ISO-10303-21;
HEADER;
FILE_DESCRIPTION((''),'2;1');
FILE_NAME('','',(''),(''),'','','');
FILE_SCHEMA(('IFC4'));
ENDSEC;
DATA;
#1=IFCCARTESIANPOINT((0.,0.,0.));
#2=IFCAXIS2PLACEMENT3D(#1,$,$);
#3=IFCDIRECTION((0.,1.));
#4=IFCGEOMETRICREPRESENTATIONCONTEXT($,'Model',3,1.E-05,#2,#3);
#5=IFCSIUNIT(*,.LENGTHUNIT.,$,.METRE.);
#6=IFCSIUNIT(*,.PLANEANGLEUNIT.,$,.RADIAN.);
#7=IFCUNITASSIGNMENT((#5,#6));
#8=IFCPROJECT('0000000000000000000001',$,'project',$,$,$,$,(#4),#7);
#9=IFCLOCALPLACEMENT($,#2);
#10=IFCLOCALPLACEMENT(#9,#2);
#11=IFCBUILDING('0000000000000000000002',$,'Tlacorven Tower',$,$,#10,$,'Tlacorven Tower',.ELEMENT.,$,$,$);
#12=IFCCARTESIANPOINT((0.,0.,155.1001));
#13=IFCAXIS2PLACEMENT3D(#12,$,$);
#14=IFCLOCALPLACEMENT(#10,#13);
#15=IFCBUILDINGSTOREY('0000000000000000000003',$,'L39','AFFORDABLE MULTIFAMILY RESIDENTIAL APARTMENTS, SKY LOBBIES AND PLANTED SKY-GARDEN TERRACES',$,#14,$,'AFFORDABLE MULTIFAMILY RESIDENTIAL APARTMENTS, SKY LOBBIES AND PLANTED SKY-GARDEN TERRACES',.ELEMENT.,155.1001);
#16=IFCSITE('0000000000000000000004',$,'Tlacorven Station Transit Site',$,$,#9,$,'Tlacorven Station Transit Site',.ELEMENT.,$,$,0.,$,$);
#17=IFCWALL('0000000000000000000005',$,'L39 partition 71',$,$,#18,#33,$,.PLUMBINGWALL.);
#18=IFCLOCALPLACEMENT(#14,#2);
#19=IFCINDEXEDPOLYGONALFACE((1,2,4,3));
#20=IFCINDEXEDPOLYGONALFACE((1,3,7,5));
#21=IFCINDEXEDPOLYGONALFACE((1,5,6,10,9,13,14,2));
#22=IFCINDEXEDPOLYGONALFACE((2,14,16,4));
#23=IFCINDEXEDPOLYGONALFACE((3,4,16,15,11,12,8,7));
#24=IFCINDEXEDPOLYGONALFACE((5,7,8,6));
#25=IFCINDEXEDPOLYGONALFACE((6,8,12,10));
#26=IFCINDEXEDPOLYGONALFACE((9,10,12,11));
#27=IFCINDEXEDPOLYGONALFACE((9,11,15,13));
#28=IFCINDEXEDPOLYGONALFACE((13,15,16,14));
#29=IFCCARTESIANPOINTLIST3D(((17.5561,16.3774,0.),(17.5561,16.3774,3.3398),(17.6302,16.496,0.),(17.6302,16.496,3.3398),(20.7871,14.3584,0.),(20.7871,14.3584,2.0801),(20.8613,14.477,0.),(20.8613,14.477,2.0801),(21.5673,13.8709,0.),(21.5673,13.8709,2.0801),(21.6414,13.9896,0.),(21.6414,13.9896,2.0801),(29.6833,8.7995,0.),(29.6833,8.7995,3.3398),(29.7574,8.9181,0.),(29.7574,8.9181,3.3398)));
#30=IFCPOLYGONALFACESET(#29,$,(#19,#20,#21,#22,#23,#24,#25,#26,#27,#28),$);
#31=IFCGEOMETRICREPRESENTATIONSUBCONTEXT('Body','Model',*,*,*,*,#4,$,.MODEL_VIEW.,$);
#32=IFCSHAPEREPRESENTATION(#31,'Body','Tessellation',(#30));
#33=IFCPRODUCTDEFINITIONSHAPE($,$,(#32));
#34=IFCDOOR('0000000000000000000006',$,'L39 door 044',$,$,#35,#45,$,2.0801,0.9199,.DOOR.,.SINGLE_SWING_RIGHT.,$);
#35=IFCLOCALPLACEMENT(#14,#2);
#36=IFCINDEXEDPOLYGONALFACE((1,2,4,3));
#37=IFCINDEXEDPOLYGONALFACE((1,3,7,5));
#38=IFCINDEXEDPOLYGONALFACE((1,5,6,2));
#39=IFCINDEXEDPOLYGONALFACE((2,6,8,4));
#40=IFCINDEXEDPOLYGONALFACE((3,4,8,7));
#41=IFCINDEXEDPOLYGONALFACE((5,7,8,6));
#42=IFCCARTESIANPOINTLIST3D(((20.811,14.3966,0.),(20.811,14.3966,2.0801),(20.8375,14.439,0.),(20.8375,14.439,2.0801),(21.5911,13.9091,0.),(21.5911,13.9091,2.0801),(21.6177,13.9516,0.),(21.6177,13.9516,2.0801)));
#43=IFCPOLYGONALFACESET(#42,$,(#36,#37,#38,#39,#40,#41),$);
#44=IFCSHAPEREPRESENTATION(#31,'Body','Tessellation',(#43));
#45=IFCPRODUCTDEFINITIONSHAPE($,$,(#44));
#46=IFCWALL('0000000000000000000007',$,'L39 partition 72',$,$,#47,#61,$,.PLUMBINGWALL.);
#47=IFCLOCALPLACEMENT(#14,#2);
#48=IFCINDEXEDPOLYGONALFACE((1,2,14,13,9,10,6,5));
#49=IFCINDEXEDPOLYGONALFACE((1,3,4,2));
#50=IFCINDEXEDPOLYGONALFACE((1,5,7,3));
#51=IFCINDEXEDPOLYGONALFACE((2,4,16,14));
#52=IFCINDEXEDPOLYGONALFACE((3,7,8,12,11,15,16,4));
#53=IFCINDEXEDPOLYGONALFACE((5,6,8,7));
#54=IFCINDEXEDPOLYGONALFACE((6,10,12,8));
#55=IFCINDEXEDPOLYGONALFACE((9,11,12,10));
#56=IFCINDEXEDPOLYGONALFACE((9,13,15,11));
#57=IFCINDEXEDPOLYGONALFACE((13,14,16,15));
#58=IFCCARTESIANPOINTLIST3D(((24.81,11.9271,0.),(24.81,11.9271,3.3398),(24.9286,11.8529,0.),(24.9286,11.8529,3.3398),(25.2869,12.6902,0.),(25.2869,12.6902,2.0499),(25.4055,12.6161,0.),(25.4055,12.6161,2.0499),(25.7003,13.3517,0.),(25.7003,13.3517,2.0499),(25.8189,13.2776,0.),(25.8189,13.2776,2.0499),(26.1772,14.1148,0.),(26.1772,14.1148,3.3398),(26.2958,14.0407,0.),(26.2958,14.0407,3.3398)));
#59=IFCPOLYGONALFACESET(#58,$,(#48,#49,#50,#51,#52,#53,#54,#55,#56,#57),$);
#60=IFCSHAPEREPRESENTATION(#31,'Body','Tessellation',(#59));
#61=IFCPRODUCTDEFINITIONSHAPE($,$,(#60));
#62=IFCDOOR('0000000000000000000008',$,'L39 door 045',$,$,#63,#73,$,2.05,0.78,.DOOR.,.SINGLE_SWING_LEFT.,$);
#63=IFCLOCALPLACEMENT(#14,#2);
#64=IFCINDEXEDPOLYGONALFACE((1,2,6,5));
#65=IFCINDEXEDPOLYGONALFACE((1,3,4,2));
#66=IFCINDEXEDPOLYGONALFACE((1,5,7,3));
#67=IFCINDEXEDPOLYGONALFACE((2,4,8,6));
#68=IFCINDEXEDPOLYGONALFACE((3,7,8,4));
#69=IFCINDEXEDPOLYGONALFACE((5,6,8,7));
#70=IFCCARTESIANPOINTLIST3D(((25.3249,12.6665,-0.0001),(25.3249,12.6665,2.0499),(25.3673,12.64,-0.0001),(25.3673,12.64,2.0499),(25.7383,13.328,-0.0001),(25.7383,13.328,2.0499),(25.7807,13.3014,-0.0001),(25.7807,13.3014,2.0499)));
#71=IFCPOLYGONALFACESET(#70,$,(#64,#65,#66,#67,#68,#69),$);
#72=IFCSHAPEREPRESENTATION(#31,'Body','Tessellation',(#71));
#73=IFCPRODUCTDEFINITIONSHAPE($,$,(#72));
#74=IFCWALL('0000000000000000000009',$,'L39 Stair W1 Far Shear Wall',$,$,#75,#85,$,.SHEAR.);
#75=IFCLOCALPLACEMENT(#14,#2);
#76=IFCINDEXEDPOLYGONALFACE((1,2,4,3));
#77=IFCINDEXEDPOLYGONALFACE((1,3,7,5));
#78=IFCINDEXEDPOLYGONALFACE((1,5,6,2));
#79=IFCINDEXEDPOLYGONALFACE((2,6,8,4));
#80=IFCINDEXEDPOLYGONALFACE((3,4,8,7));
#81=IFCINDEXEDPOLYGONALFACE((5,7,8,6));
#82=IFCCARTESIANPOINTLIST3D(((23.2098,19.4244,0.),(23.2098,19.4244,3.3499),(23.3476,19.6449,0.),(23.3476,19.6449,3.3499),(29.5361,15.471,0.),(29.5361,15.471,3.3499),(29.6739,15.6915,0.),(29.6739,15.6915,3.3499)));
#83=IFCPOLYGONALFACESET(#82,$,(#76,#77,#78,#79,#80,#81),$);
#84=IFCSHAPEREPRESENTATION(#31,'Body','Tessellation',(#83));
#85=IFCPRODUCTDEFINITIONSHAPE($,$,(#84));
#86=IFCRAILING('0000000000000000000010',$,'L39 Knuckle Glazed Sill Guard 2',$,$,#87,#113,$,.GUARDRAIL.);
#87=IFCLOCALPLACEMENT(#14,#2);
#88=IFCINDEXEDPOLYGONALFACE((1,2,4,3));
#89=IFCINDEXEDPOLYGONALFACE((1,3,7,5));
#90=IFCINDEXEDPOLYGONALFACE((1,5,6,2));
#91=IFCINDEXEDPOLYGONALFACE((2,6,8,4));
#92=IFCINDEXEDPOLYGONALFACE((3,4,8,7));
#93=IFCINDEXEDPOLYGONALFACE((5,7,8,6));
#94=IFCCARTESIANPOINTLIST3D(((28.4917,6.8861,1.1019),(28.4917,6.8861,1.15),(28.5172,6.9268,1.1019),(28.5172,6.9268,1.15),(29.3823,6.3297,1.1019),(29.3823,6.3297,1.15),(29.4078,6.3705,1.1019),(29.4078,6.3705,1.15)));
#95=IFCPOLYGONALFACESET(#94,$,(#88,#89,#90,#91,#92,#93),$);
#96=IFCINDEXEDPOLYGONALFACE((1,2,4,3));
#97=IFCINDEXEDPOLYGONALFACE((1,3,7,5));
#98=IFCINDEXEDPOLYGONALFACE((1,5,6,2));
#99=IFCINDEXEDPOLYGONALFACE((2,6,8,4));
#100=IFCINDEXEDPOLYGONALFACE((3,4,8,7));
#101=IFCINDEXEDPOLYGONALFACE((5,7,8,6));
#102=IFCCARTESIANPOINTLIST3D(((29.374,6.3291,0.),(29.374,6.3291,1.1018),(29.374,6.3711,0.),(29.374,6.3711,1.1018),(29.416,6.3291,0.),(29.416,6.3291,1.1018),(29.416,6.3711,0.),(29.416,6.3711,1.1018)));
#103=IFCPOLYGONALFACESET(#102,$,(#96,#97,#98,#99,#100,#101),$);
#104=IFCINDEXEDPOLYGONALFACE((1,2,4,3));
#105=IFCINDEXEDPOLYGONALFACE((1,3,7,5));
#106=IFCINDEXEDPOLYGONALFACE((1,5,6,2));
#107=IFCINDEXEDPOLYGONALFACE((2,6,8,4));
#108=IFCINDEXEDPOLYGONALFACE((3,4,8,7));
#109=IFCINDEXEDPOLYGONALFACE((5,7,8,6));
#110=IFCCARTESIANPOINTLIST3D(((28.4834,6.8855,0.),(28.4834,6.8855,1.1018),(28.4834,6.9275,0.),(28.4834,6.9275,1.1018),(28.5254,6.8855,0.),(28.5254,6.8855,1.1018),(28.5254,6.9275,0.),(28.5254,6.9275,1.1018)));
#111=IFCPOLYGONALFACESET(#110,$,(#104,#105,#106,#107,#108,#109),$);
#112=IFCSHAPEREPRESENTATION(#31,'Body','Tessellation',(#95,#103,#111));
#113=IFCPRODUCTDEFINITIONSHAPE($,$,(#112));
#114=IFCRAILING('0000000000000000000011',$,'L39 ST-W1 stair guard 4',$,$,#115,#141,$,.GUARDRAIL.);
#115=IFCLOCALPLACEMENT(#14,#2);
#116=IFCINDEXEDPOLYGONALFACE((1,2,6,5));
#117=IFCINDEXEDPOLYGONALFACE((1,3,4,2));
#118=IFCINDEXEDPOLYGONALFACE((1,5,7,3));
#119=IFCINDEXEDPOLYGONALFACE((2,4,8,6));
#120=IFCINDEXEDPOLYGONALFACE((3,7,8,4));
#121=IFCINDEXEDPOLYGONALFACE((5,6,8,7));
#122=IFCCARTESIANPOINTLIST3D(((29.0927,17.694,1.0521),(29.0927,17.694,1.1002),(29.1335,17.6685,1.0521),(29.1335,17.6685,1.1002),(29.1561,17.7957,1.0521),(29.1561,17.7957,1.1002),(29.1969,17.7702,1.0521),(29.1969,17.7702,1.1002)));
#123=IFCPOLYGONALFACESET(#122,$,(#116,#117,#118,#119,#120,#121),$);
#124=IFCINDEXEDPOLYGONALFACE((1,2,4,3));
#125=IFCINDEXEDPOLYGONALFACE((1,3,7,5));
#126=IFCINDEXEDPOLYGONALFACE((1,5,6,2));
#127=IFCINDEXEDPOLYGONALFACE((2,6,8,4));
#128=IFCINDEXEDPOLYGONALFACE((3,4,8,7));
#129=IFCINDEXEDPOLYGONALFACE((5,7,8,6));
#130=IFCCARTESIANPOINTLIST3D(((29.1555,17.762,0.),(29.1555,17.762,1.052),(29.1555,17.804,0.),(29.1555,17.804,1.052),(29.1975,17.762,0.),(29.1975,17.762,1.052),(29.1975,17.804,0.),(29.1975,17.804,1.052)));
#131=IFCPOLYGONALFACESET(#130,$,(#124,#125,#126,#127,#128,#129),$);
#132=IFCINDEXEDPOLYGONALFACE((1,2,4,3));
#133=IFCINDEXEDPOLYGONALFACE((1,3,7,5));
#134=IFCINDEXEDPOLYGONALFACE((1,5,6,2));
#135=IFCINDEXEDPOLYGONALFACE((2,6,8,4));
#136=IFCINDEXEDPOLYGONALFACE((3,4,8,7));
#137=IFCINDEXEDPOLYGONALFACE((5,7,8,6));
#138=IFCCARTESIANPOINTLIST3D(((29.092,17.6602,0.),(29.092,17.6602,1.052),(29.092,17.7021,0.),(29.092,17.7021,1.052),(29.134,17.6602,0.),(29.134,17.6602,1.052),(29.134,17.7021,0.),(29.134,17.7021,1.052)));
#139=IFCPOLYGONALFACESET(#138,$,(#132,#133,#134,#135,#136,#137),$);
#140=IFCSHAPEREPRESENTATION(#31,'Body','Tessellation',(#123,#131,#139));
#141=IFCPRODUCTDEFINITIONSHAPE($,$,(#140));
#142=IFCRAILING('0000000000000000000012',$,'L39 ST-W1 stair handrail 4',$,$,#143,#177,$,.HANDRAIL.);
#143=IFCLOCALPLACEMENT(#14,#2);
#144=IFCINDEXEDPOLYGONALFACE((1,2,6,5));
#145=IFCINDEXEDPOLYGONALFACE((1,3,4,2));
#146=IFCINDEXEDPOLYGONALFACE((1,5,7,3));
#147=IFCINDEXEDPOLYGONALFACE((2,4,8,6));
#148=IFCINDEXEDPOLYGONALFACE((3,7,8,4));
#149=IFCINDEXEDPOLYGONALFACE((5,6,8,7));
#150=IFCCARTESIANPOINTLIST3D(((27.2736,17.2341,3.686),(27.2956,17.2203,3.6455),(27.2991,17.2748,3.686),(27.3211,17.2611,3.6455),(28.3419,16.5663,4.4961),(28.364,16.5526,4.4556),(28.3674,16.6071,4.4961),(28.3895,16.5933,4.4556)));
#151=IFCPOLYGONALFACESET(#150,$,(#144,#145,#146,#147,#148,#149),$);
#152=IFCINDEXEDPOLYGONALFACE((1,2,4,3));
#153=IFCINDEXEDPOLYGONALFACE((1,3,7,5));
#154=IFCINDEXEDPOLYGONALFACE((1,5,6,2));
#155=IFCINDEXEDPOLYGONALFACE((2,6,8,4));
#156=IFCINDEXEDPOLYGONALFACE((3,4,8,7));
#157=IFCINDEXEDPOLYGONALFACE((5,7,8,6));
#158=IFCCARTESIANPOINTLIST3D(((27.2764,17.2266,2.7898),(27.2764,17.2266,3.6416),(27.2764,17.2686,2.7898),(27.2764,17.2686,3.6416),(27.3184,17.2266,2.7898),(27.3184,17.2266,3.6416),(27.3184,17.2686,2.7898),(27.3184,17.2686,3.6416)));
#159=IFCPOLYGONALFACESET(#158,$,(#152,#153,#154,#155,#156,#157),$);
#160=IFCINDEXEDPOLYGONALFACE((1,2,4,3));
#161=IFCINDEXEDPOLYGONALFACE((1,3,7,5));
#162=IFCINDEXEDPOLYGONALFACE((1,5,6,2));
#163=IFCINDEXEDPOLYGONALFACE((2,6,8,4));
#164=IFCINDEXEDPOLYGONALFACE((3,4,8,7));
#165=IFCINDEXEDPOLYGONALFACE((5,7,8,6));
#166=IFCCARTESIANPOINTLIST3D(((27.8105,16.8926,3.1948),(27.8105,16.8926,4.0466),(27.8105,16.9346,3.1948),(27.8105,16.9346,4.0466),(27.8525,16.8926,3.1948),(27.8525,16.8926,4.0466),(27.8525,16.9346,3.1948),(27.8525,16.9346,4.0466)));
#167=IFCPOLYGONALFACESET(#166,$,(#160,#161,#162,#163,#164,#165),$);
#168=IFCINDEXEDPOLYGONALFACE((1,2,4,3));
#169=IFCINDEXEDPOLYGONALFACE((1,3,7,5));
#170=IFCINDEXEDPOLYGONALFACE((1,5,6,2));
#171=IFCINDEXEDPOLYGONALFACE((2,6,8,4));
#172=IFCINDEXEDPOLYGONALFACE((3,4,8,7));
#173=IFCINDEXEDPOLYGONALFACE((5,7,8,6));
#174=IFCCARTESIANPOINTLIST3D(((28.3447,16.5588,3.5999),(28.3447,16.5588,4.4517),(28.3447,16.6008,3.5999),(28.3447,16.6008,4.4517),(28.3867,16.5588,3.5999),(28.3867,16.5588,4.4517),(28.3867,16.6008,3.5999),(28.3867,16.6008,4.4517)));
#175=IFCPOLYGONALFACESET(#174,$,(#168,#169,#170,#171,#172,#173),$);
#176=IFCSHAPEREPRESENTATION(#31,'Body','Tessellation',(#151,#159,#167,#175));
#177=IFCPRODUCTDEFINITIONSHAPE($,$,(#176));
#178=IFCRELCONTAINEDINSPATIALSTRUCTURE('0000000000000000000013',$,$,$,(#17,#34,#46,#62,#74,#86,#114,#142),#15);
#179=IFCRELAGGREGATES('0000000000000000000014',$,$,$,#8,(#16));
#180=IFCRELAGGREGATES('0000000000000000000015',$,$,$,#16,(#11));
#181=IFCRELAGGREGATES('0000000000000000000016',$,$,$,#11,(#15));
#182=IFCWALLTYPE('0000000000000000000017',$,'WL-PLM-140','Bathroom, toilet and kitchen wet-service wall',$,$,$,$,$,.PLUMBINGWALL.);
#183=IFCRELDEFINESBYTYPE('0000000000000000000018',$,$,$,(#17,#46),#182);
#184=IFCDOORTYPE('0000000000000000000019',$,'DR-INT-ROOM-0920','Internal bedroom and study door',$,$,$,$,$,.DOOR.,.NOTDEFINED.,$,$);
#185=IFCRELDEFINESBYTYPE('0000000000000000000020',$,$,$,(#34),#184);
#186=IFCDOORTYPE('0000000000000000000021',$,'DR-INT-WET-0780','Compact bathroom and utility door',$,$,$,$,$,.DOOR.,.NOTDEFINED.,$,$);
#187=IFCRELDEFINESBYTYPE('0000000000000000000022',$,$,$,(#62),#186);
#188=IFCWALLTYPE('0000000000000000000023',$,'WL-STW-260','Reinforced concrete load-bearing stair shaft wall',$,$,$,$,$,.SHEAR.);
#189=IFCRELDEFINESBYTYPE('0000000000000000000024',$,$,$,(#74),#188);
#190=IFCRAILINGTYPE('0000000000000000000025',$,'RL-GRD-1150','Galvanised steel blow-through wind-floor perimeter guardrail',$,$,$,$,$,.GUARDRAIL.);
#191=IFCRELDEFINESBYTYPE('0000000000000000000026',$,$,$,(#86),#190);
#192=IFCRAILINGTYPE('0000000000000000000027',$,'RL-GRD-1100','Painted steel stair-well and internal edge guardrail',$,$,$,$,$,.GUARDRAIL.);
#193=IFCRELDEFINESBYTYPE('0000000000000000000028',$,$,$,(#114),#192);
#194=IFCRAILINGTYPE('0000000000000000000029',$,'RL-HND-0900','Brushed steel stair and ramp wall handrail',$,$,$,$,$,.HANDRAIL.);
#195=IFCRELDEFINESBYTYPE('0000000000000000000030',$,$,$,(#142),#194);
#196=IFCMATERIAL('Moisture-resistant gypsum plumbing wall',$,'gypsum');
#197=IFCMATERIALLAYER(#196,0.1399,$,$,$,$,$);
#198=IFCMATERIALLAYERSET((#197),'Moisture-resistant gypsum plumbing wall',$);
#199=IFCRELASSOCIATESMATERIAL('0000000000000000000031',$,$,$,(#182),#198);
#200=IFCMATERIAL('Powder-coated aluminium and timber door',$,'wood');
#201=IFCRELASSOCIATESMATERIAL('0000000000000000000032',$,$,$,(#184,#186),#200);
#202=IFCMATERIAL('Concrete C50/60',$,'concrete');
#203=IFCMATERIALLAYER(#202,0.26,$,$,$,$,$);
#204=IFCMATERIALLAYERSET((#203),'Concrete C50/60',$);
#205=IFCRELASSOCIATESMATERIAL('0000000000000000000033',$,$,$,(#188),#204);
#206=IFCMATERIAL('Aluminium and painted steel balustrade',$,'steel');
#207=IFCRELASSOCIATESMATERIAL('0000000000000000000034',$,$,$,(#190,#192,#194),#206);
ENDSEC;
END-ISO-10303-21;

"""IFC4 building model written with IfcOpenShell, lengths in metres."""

from ifc_helpers import new_model, si_unit, direction, frame, frame_2d, origin, origin_2d, place, context, subcontext, project, spatial, rectangle, extrude, source, transform, mapped, material, layer, layer_set, type_object, element, fill, save


model = new_model("IFC4")

# Units and contexts
model_context = context("Model", 3, precision=1e-05, world=origin(), true_north=direction((0.0, 1.0)))
body_context = subcontext(model_context, "Body", "Model", "MODEL_VIEW")
ifc_project = project(units=[si_unit("LENGTHUNIT", "METRE"), si_unit("PLANEANGLEUNIT", "RADIAN")], contexts=[model_context])

# Site, building, storey
site_placement = place(None, origin())
site = spatial("IfcSite", under=ifc_project, at=site_placement, Name="Tlacorven Station Transit Site", LongName="Tlacorven Station Transit Site", CompositionType="ELEMENT", RefElevation=0.0)
building_placement = place(site_placement, origin())
building = spatial("IfcBuilding", under=site, at=building_placement, Name="Tlacorven Tower", LongName="Tlacorven Tower", CompositionType="ELEMENT")
storey_placement = place(building_placement, frame((0.0, 0.0, 155.1001)))
storey = spatial("IfcBuildingStorey", under=building, at=storey_placement, Name="L39", Description="AFFORDABLE MULTIFAMILY RESIDENTIAL APARTMENTS, SKY LOBBIES AND PLANTED SKY-GARDEN TERRACES", LongName="AFFORDABLE MULTIFAMILY RESIDENTIAL APARTMENTS, SKY LOBBIES AND PLANTED SKY-GARDEN TERRACES", CompositionType="ELEMENT", Elevation=155.1001)

# Shared definitions
ifc_material_1 = material(Name="Powder-coated aluminium and timber door", Category="wood")

# Walls, openings, doors
ifc_material_2 = material(Name="Moisture-resistant gypsum plumbing wall", Category="gypsum")
ifc_layer_1 = layer(ifc_material_2, 0.1399)
ifc_layer_set_1 = layer_set([ifc_layer_1], Name="Moisture-resistant gypsum plumbing wall")
wall_type_1 = type_object("IfcWallType", Name="WL-PLM-140", Description="Bathroom, toilet and kitchen wet-service wall", PredefinedType="PLUMBINGWALL", material=ifc_layer_set_1)
wall_1_placement = place(storey_placement, frame((29.7202, 8.8589, 0.0), z_axis=(0.0, 0.0, 1.0), x_axis=(-0.848049, 0.529918, 0.0)))
wall_1 = element("IfcWall", 1, at=wall_1_placement, inside=storey, type_object=wall_type_1, Name="L39 partition 71", PredefinedType="PLUMBINGWALL", context=body_context, shape_type="SweptSolid", body=[
    extrude(rectangle(XDim=14.3, YDim=0.1399, at=frame_2d((7.1499, 0.0))), origin(), (0.0, 0.0, 1.0), 3.3398),
])
opening_1_placement = place(wall_1_placement, frame((9.5701, 0.0, 0.0)))
opening_1 = element("IfcOpeningElement", 2, at=opening_1_placement, cuts=wall_1, PredefinedType="OPENING", context=body_context, shape_type="SweptSolid", body=[
    extrude(rectangle(XDim=0.9199, YDim=2.0801, at=frame_2d((0.46, 1.04))), frame((0.0, 0.0801, 0.0), z_axis=(0.0, -1.0, 0.0), x_axis=(1.0, 0.0, 0.0)), (0.0, 0.0, 1.0), 0.1599),
])
door_type_1 = type_object("IfcDoorType", Name="DR-INT-ROOM-0920", Description="Internal bedroom and study door", OperationType="NOTDEFINED", PredefinedType="DOOR", material=ifc_material_1)
shared_shape_1 = source(origin(), body_context, "Body", "SweptSolid", [
    extrude(rectangle(XDim=0.9199, YDim=2.0801, at=frame_2d((0.46, 1.04))), frame((0.0, 0.0249, 0.0), z_axis=(0.0, -1.0, 0.0), x_axis=(1.0, 0.0, 0.0)), (0.0, 0.0, 1.0), 0.05),
])
door_1_placement = place(opening_1_placement, origin())
door_1 = element("IfcDoor", 3, at=door_1_placement, inside=storey, type_object=door_type_1, Name="L39 door 044", OperationType="SINGLE_SWING_RIGHT", OverallHeight=2.0801, OverallWidth=0.9199, PredefinedType="DOOR", context=body_context, shape_type="MappedRepresentation", body=[
    mapped(shared_shape_1, transform((0.0, 0.0, 0.0), scale=1.0)),
])
fill(opening_1, door_1)
wall_2_placement = place(storey_placement, frame((26.2366, 14.0779, 0.0), z_axis=(0.0, 0.0, 1.0), x_axis=(-0.529956, -0.848025, 0.0)))
wall_2 = element("IfcWall", 4, at=wall_2_placement, inside=storey, type_object=wall_type_1, Name="L39 partition 72", PredefinedType="PLUMBINGWALL", context=body_context, shape_type="SweptSolid", body=[
    extrude(rectangle(XDim=2.5798, YDim=0.1399, at=frame_2d((1.29, 0.0))), origin(), (0.0, 0.0, 1.0), 3.3398),
])
opening_2_placement = place(wall_2_placement, frame((0.8999, 0.0, 0.0)))
opening_2 = element("IfcOpeningElement", 5, at=opening_2_placement, cuts=wall_2, PredefinedType="OPENING", context=body_context, shape_type="SweptSolid", body=[
    extrude(rectangle(XDim=0.78, YDim=2.05, at=frame_2d((0.3901, 1.0249))), frame((0.0, 0.0801, 0.0), z_axis=(0.0, -1.0, 0.0), x_axis=(1.0, 0.0, 0.0)), (0.0, 0.0, 1.0), 0.1599),
])
door_type_2 = type_object("IfcDoorType", Name="DR-INT-WET-0780", Description="Compact bathroom and utility door", OperationType="NOTDEFINED", PredefinedType="DOOR", material=ifc_material_1)
shared_shape_2 = source(origin(), body_context, "Body", "SweptSolid", [
    extrude(rectangle(XDim=0.78, YDim=2.05, at=frame_2d((0.3901, 1.0249))), frame((0.0, 0.0249, 0.0), z_axis=(0.0, -1.0, 0.0), x_axis=(1.0, 0.0, 0.0)), (0.0, 0.0, 1.0), 0.05),
])
door_2_placement = place(opening_2_placement, origin())
door_2 = element("IfcDoor", 6, at=door_2_placement, inside=storey, type_object=door_type_2, Name="L39 door 045", OperationType="SINGLE_SWING_LEFT", OverallHeight=2.05, OverallWidth=0.78, PredefinedType="DOOR", context=body_context, shape_type="MappedRepresentation", body=[
    mapped(shared_shape_2, transform((0.0, 0.0, 0.0), scale=1.0)),
])
fill(opening_2, door_2)

# Wall
ifc_material_3 = material(Name="Concrete C50/60", Category="concrete")
ifc_layer_2 = layer(ifc_material_3, 0.26)
ifc_layer_set_2 = layer_set([ifc_layer_2], Name="Concrete C50/60")
wall_type_2 = type_object("IfcWallType", Name="WL-STW-260", Description="Reinforced concrete load-bearing stair shaft wall", PredefinedType="SHEAR", material=ifc_layer_set_2)
wall_3_placement = place(storey_placement, frame((29.605, 15.5813, 0.0), z_axis=(0.0, 0.0, 1.0), x_axis=(-0.848037, 0.529937, 0.0)))
element("IfcWall", 7, at=wall_3_placement, inside=storey, type_object=wall_type_2, Name="L39 Stair W1 Far Shear Wall", PredefinedType="SHEAR", context=body_context, shape_type="SweptSolid", body=[
    extrude(rectangle(XDim=7.46, YDim=0.26, at=frame_2d((3.73, 0.0))), origin(), (0.0, 0.0, 1.0), 3.3499),
])

# Railings
ifc_material_4 = material(Name="Aluminium and painted steel balustrade", Category="steel")
railing_type_1 = type_object("IfcRailingType", Name="RL-GRD-1150", Description="Galvanised steel blow-through wind-floor perimeter guardrail", PredefinedType="GUARDRAIL", material=ifc_material_4)
shared_shape_3 = source(origin(), body_context, "Body", "SweptSolid", [
    extrude(rectangle(XDim=0.0481, YDim=0.0481, at=origin_2d()), frame((0.0, 0.0, 1.126), z_axis=(-0.848103, 0.529832, 0.0), x_axis=(-0.529832, -0.848103, 0.0)), (0.0, 0.0, 1.0), 1.05),
    extrude(rectangle(XDim=0.042, YDim=0.042, at=origin_2d()), origin(), (0.0, 0.0, 1.0), 1.1018),
    extrude(rectangle(XDim=0.042, YDim=0.042, at=origin_2d()), frame((-0.8906, 0.5564, 0.0)), (0.0, 0.0, 1.0), 1.1018),
])
railing_1_placement = place(storey_placement, frame((29.395, 6.3501, 0.0)))
element("IfcRailing", 8, at=railing_1_placement, inside=storey, type_object=railing_type_1, Name="L39 Knuckle Glazed Sill Guard 2", PredefinedType="GUARDRAIL", context=body_context, shape_type="MappedRepresentation", body=[
    mapped(shared_shape_3, transform((0.0, 0.0, 0.0), scale=1.0)),
])
railing_type_2 = type_object("IfcRailingType", Name="RL-GRD-1100", Description="Painted steel stair-well and internal edge guardrail", PredefinedType="GUARDRAIL", material=ifc_material_4)
shared_shape_4 = source(origin(), body_context, "Body", "SweptSolid", [
    extrude(rectangle(XDim=0.0481, YDim=0.0481, at=origin_2d()), frame((0.0, 0.0, 1.0762), z_axis=(-0.529084, -0.848569, 0.0), x_axis=(0.848569, -0.529084, 0.0)), (0.0, 0.0, 1.0), 0.1199),
    extrude(rectangle(XDim=0.042, YDim=0.042, at=origin_2d()), origin(), (0.0, 0.0, 1.0), 1.052),
    extrude(rectangle(XDim=0.042, YDim=0.042, at=origin_2d()), frame((-0.0635, -0.1018, 0.0)), (0.0, 0.0, 1.0), 1.052),
])
railing_2_placement = place(storey_placement, frame((29.1765, 17.783, 0.0)))
element("IfcRailing", 9, at=railing_2_placement, inside=storey, type_object=railing_type_2, Name="L39 ST-W1 stair guard 4", PredefinedType="GUARDRAIL", context=body_context, shape_type="MappedRepresentation", body=[
    mapped(shared_shape_4, transform((0.0, 0.0, 0.0), scale=1.0)),
])
railing_type_3 = type_object("IfcRailingType", Name="RL-HND-0900", Description="Brushed steel stair and ramp wall handrail", PredefinedType="HANDRAIL", material=ifc_material_4)
shared_shape_5 = source(origin(), body_context, "Body", "SweptSolid", [
    extrude(rectangle(XDim=0.0481, YDim=0.0481, at=origin_2d()), frame((0.0, 0.0, 0.876), z_axis=(0.71328, -0.4458, 0.540828), x_axis=(0.529999, 0.847998, 0.0)), (0.0, 0.0, 1.0), 1.4978),
    extrude(rectangle(XDim=0.042, YDim=0.042, at=origin_2d()), origin(), (0.0, 0.0, 1.0), 0.8518),
    extrude(rectangle(XDim=0.042, YDim=0.042, at=origin_2d()), frame((0.5342, -0.334, 0.405)), (0.0, 0.0, 1.0), 0.8518),
    extrude(rectangle(XDim=0.042, YDim=0.042, at=origin_2d()), frame((1.0684, -0.6677, 0.8101)), (0.0, 0.0, 1.0), 0.8518),
])
railing_3_placement = place(storey_placement, frame((27.2974, 17.2476, 2.7898)))
element("IfcRailing", 10, at=railing_3_placement, inside=storey, type_object=railing_type_3, Name="L39 ST-W1 stair handrail 4", PredefinedType="HANDRAIL", context=body_context, shape_type="MappedRepresentation", body=[
    mapped(shared_shape_5, transform((0.0, 0.0, 0.0), scale=1.0)),
])

save(model, "model.ifc")
